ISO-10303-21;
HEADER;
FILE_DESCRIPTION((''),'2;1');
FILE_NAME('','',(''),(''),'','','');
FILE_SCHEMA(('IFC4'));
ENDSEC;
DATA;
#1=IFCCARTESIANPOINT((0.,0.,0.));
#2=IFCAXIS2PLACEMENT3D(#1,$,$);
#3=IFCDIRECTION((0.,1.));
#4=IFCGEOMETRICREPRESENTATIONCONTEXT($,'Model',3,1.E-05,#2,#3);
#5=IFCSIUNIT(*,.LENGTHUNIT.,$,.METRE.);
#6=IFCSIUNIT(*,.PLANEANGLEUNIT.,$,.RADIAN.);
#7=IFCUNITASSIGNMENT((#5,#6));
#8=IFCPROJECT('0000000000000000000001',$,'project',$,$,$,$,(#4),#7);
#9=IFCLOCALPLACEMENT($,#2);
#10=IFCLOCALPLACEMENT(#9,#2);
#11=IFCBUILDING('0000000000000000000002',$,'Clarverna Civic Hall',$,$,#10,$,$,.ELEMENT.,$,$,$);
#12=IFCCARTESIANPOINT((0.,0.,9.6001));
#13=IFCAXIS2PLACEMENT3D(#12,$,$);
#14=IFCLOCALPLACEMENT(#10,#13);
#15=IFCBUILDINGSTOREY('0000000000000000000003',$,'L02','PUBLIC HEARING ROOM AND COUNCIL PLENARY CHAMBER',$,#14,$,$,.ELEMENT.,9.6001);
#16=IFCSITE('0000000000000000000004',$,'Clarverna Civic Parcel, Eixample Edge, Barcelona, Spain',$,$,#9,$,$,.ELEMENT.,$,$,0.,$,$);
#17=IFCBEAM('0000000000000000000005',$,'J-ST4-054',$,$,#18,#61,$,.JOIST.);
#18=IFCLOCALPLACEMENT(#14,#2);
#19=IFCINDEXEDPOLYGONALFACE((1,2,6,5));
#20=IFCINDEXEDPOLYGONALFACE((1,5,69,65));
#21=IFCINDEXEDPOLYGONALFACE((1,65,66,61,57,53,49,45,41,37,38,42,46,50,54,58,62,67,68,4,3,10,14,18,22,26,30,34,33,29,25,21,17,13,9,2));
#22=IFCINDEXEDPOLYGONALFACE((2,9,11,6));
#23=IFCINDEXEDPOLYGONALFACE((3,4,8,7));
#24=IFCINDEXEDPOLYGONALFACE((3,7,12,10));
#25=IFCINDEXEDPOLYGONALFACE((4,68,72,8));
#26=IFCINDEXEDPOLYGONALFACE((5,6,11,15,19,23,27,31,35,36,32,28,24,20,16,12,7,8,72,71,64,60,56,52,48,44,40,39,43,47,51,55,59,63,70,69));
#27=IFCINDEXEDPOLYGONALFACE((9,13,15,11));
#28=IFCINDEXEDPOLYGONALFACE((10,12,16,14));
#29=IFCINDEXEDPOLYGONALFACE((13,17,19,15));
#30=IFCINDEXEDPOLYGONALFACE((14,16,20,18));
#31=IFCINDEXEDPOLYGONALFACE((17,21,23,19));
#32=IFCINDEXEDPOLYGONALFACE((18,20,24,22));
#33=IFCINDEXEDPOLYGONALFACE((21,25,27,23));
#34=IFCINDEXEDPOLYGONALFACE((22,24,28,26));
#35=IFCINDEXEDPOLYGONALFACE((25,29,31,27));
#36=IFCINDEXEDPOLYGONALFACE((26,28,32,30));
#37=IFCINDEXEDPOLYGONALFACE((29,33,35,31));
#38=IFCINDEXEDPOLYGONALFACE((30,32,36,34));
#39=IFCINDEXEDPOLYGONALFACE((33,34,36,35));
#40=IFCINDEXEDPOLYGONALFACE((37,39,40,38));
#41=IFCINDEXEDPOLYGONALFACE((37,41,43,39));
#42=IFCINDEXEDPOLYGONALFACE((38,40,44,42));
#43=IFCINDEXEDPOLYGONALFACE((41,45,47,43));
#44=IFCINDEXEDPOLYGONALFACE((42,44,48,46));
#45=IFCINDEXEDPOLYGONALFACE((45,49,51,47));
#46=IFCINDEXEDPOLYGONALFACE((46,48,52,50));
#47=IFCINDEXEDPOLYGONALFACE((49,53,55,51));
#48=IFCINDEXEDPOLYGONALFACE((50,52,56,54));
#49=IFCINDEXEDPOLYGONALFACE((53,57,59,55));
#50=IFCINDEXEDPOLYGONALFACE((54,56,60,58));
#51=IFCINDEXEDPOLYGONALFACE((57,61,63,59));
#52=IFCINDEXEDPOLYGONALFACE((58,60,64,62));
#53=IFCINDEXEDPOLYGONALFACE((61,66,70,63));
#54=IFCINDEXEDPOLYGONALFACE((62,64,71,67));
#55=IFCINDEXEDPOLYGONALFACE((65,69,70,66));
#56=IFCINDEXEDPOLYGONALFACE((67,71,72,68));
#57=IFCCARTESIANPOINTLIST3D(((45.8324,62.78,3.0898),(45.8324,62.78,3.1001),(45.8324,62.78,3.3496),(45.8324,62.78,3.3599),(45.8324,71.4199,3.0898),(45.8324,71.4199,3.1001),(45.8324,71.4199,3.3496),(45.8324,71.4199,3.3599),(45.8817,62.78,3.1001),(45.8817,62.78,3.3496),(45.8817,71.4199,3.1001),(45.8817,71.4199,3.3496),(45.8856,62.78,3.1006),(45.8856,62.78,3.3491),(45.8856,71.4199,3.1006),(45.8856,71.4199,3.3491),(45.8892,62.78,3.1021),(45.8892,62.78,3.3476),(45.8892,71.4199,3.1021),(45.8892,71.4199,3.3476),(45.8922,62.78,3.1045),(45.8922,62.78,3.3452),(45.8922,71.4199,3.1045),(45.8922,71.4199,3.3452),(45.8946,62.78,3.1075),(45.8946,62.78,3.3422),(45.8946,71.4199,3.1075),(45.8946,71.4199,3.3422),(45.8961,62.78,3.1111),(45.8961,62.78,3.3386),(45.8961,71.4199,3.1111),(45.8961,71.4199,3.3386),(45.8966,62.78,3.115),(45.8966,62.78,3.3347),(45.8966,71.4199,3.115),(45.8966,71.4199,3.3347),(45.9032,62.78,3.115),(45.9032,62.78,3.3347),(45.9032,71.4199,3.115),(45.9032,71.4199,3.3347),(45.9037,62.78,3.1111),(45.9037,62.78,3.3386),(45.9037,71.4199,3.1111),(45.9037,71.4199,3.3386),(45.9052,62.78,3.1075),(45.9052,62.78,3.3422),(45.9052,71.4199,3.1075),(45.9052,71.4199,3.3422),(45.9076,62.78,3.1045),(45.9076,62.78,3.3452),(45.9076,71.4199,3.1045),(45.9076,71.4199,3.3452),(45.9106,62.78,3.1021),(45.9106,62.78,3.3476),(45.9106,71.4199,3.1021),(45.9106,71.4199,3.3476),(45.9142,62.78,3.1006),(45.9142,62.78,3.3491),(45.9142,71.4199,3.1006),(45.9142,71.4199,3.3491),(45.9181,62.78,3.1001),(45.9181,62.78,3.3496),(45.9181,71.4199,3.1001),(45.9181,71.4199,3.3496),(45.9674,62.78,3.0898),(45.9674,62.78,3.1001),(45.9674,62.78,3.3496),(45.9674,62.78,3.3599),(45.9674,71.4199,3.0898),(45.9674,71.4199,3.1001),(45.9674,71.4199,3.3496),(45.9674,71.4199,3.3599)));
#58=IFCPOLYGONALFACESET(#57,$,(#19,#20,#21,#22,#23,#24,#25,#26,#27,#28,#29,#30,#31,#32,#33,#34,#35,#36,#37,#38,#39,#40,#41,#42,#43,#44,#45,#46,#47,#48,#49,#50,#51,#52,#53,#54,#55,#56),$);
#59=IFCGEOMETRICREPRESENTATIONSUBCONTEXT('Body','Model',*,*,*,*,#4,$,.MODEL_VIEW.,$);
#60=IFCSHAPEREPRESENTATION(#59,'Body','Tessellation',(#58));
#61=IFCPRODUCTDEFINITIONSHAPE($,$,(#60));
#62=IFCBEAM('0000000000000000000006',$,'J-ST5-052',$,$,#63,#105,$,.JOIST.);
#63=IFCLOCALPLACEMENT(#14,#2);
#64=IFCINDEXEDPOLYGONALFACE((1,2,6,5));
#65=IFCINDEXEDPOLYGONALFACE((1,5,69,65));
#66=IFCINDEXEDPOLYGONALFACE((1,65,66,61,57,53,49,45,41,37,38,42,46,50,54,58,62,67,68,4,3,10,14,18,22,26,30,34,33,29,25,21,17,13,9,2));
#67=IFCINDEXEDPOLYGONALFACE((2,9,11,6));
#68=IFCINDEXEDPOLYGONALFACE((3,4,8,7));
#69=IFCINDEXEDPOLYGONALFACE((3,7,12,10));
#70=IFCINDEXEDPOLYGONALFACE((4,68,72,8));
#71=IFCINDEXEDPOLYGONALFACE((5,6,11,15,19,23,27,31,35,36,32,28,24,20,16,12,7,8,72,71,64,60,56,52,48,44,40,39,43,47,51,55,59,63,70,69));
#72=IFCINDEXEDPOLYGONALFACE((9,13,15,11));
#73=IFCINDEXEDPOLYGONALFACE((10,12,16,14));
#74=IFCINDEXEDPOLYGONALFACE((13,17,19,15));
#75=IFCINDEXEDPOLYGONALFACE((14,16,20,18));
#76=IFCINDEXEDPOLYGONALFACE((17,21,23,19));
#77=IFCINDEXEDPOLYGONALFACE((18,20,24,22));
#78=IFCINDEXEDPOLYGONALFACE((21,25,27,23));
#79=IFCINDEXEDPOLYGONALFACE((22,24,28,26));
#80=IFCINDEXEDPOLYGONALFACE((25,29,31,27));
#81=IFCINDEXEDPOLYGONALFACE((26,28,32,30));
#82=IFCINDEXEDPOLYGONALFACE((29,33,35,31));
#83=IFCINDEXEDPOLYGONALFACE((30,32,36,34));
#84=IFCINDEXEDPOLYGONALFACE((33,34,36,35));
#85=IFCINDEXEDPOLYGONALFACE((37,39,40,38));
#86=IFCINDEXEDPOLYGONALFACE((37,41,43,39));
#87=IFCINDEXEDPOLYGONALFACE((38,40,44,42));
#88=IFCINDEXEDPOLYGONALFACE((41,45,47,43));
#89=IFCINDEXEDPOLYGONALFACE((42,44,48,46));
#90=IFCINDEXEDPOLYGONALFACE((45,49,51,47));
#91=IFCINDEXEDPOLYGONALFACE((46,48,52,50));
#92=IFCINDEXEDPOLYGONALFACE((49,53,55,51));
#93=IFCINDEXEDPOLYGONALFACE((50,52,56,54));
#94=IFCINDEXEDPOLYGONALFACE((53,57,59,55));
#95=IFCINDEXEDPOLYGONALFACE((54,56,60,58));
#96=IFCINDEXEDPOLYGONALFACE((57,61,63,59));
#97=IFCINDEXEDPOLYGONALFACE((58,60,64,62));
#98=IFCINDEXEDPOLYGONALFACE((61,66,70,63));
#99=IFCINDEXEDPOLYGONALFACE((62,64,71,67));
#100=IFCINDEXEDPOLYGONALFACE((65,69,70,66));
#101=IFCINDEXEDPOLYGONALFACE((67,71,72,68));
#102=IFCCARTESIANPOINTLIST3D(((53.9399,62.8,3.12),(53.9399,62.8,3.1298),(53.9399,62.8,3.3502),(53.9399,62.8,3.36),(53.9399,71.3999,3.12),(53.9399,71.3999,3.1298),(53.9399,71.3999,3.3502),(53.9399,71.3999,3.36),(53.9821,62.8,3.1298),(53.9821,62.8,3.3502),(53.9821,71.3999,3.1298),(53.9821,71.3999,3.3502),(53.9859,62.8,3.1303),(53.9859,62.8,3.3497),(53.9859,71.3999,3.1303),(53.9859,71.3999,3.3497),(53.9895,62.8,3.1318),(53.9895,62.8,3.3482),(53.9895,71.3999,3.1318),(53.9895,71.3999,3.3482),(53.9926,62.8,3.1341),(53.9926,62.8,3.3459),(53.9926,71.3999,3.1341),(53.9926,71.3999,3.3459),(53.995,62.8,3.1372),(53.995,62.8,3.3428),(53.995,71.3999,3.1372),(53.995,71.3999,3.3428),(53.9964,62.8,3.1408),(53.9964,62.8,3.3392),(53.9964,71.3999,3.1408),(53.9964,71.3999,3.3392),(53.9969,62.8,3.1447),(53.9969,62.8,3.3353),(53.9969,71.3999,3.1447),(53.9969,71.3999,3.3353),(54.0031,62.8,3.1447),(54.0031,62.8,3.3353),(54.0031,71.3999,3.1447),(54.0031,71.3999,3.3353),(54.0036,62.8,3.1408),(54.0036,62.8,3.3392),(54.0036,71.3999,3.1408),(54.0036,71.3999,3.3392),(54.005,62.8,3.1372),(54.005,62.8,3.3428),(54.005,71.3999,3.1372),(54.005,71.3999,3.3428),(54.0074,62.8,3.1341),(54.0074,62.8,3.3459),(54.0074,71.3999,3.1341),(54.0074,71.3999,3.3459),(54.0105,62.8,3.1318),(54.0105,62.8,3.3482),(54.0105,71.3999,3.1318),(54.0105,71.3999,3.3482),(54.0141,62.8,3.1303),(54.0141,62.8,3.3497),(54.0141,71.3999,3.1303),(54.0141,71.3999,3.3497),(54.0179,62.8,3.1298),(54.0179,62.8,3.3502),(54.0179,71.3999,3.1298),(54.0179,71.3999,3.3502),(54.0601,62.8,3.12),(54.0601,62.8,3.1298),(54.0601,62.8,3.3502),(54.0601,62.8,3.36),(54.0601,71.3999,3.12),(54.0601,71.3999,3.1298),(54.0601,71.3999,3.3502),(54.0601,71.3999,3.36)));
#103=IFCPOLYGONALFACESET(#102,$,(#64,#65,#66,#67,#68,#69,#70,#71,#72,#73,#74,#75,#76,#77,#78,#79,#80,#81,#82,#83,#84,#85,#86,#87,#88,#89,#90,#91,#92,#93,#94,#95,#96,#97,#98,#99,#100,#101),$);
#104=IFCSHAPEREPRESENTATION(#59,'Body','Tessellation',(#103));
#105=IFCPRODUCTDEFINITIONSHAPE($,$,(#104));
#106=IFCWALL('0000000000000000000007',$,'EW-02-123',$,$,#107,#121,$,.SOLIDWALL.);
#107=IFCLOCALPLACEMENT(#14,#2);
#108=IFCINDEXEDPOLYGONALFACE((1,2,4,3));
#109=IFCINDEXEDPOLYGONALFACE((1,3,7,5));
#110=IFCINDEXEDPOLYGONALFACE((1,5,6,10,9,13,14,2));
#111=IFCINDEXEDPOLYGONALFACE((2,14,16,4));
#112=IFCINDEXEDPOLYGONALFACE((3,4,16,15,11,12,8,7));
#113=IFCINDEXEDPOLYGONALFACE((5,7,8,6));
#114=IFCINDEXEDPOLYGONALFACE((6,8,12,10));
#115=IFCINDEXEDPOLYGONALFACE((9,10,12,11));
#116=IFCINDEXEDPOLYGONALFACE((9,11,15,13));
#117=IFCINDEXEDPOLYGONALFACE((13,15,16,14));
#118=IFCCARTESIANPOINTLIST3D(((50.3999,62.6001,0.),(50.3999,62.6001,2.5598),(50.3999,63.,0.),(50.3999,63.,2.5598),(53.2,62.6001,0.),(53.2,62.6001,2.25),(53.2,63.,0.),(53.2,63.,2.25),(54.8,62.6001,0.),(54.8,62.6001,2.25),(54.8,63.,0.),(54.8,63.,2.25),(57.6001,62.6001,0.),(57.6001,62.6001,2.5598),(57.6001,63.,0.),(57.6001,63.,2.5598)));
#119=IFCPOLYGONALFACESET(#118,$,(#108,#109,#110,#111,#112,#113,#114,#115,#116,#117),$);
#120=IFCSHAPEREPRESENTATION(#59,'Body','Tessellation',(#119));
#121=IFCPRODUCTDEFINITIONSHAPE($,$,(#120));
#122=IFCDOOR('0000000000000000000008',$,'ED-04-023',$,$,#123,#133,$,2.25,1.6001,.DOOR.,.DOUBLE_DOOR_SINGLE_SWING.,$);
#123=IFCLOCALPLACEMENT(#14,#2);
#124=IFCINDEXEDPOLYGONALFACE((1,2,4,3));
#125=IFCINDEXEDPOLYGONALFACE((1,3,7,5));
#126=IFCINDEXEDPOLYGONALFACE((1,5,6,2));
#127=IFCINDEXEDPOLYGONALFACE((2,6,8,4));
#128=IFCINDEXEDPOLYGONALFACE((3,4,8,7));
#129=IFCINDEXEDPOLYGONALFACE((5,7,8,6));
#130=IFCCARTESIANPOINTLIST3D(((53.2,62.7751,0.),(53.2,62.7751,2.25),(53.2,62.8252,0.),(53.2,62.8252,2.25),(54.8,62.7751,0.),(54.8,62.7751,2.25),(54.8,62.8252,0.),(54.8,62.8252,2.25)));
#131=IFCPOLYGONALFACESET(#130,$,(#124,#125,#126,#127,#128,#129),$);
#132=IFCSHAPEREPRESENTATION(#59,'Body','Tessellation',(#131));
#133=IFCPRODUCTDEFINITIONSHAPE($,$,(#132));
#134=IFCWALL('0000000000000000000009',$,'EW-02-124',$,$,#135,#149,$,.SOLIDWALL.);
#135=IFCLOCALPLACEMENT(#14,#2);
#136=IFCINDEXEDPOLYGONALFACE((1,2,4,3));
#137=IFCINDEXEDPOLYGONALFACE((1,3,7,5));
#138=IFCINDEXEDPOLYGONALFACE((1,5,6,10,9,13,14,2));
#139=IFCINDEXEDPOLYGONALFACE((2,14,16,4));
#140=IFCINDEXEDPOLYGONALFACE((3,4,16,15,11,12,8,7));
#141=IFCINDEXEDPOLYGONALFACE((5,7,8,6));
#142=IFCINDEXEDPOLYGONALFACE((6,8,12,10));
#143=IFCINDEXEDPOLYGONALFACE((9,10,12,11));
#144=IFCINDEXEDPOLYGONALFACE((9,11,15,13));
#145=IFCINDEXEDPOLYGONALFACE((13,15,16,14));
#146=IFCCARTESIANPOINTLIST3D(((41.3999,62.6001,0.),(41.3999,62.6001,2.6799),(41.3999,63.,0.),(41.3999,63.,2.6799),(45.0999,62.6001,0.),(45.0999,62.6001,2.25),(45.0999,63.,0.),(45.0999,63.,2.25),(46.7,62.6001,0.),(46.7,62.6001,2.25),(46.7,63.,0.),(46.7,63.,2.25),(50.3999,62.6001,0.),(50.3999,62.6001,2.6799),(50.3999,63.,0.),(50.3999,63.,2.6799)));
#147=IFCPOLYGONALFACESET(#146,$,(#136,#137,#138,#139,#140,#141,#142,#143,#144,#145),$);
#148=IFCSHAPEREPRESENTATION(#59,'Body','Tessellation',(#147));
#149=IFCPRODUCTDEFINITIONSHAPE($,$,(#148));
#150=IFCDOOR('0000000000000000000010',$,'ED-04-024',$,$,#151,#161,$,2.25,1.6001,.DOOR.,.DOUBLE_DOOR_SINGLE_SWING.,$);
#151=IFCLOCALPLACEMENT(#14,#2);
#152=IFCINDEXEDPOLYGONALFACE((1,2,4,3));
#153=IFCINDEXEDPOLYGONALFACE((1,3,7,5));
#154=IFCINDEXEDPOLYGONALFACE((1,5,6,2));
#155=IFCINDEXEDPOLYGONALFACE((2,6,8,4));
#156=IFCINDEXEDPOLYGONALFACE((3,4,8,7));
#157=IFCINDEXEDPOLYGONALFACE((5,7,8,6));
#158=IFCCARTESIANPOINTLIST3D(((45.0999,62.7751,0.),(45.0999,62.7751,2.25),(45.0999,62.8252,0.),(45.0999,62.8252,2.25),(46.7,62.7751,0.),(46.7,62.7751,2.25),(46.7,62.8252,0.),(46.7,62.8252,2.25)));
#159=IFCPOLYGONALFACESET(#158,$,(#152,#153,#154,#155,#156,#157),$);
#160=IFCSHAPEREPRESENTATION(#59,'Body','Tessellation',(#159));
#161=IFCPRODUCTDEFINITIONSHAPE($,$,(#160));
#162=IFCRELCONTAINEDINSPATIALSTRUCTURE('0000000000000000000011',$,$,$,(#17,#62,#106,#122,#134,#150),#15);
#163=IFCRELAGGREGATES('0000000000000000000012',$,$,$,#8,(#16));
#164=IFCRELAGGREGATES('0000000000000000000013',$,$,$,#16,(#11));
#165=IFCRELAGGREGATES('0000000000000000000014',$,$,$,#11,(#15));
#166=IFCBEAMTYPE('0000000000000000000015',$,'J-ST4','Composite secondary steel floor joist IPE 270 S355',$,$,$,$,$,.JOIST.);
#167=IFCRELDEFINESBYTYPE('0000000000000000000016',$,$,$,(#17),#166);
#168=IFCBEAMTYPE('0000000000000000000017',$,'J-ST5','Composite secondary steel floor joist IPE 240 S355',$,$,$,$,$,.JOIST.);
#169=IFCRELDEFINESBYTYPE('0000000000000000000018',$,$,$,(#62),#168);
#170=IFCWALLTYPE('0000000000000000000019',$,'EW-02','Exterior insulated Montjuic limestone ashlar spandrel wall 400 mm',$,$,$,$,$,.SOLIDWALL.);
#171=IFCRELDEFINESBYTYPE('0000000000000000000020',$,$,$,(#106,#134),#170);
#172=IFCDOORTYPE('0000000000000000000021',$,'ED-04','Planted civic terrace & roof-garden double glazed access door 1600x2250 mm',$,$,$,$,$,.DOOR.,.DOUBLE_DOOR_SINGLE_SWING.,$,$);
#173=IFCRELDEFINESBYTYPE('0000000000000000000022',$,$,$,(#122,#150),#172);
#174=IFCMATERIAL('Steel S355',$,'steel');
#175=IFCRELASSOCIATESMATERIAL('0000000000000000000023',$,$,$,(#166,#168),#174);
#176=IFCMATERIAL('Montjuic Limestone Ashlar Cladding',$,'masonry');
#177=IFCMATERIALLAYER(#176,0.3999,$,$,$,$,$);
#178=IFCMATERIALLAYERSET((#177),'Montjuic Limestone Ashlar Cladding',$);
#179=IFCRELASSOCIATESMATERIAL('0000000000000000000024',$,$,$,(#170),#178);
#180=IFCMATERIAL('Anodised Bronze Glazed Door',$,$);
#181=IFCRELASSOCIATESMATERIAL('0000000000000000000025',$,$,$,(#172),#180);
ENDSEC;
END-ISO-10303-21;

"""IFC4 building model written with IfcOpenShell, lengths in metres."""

from ifc_helpers import new_model, si_unit, direction, frame, frame_2d, origin, origin_2d, place, context, subcontext, project, spatial, rectangle, i_section, extrude, material, layer, layer_set, material_profile, profile_set, type_object, element, fill, save


model = new_model("IFC4")

# Units and contexts
model_context = context("Model", 3, precision=1e-05, world=origin(), true_north=direction((0.0, 1.0)))
body_context = subcontext(model_context, "Body", "Model", "MODEL_VIEW")
ifc_project = project(units=[si_unit("LENGTHUNIT", "METRE"), si_unit("PLANEANGLEUNIT", "RADIAN")], contexts=[model_context])

# Site, building, storey
site_placement = place(None, origin())
site = spatial("IfcSite", under=ifc_project, at=site_placement, Name="Clarverna Civic Parcel, Eixample Edge, Barcelona, Spain", CompositionType="ELEMENT", RefElevation=0.0)
building_placement = place(site_placement, origin())
building = spatial("IfcBuilding", under=site, at=building_placement, Name="Clarverna Civic Hall", CompositionType="ELEMENT")
storey_placement = place(building_placement, frame((0.0, 0.0, 9.6001)))
storey = spatial("IfcBuildingStorey", under=building, at=storey_placement, Name="L02", Description="PUBLIC HEARING ROOM AND COUNCIL PLENARY CHAMBER", CompositionType="ELEMENT", Elevation=9.6001)

# Beams
ifc_material_1 = material(Name="Steel S355", Category="steel")
ifc_material_profile_1 = material_profile(ifc_material_1, i_section(OverallWidth=0.135, OverallDepth=0.27, WebThickness=0.0066, FlangeThickness=0.0103, FilletRadius=0.0149, at=origin_2d()), Name="IPE 270")
ifc_profile_set_1 = profile_set([ifc_material_profile_1], Name="Steel S355")
beam_type_1 = type_object("IfcBeamType", Name="J-ST4", Description="Composite secondary steel floor joist IPE 270 S355", PredefinedType="JOIST", material=ifc_profile_set_1)
beam_1_placement = place(storey_placement, frame((45.8999, 62.78, 3.2249), z_axis=(0.0, 1.0, 0.0), x_axis=(-1.0, 0.0, 0.0)))
element("IfcBeam", 1, at=beam_1_placement, inside=storey, type_object=beam_type_1, Name="J-ST4-054", PredefinedType="JOIST", context=body_context, shape_type="SweptSolid", body=[
    extrude(i_section(OverallWidth=0.135, OverallDepth=0.27, WebThickness=0.0066, FlangeThickness=0.0103, FilletRadius=0.0149, at=origin_2d()), origin(), (0.0, 0.0, 1.0), 8.6399),
])
ifc_material_profile_2 = material_profile(ifc_material_1, i_section(OverallWidth=0.1201, OverallDepth=0.24, WebThickness=0.0061, FlangeThickness=0.0098, FilletRadius=0.0149, at=origin_2d()), Name="IPE 240")
ifc_profile_set_2 = profile_set([ifc_material_profile_2], Name="Steel S355")
beam_type_2 = type_object("IfcBeamType", Name="J-ST5", Description="Composite secondary steel floor joist IPE 240 S355", PredefinedType="JOIST", material=ifc_profile_set_2)
beam_2_placement = place(storey_placement, frame((54.0, 62.8, 3.24), z_axis=(0.0, 1.0, 0.0), x_axis=(-1.0, 0.0, 0.0)))
element("IfcBeam", 2, at=beam_2_placement, inside=storey, type_object=beam_type_2, Name="J-ST5-052", PredefinedType="JOIST", context=body_context, shape_type="SweptSolid", body=[
    extrude(i_section(OverallWidth=0.1201, OverallDepth=0.24, WebThickness=0.0061, FlangeThickness=0.0098, FilletRadius=0.0149, at=origin_2d()), origin(), (0.0, 0.0, 1.0), 8.5999),
])

# Walls, openings, doors
ifc_material_2 = material(Name="Montjuic Limestone Ashlar Cladding", Category="masonry")
ifc_layer_1 = layer(ifc_material_2, 0.3999)
ifc_layer_set_1 = layer_set([ifc_layer_1], Name="Montjuic Limestone Ashlar Cladding")
wall_type_1 = type_object("IfcWallType", Name="EW-02", Description="Exterior insulated Montjuic limestone ashlar spandrel wall 400 mm", PredefinedType="SOLIDWALL", material=ifc_layer_set_1)
wall_1_placement = place(storey_placement, frame((57.6001, 62.8, 0.0), z_axis=(0.0, 0.0, 1.0), x_axis=(-1.0, 0.0, 0.0)))
wall_1 = element("IfcWall", 3, at=wall_1_placement, inside=storey, type_object=wall_type_1, Name="EW-02-123", PredefinedType="SOLIDWALL", context=body_context, shape_type="SweptSolid", body=[
    extrude(rectangle(XDim=7.2002, YDim=0.3999, at=frame_2d((3.6001, 0.0))), origin(), (0.0, 0.0, 1.0), 2.5598),
])
opening_1_placement = place(wall_1_placement, frame((2.8, 0.0, 0.0)))
opening_1 = element("IfcOpeningElement", 4, at=opening_1_placement, cuts=wall_1, PredefinedType="OPENING", context=body_context, shape_type="SweptSolid", body=[
    extrude(rectangle(XDim=1.6001, YDim=2.25, at=frame_2d((0.8, 1.125))), frame((0.0, 0.21, 0.0), z_axis=(0.0, -1.0, 0.0), x_axis=(1.0, 0.0, 0.0)), (0.0, 0.0, 1.0), 0.4199),
])
ifc_material_3 = material(Name="Anodised Bronze Glazed Door")
door_type = type_object("IfcDoorType", Name="ED-04", Description="Planted civic terrace & roof-garden double glazed access door 1600x2250 mm", OperationType="DOUBLE_DOOR_SINGLE_SWING", PredefinedType="DOOR", material=ifc_material_3)
door_1_placement = place(opening_1_placement, origin())
door_1 = element("IfcDoor", 5, at=door_1_placement, inside=storey, type_object=door_type, Name="ED-04-023", OperationType="DOUBLE_DOOR_SINGLE_SWING", OverallHeight=2.25, OverallWidth=1.6001, PredefinedType="DOOR", context=body_context, shape_type="SweptSolid", body=[
    extrude(rectangle(XDim=1.6001, YDim=2.25, at=frame_2d((0.8, 1.125))), frame((0.0, 0.0249, 0.0), z_axis=(0.0, -1.0, 0.0), x_axis=(1.0, 0.0, 0.0)), (0.0, 0.0, 1.0), 0.05),
])
fill(opening_1, door_1)
wall_2_placement = place(storey_placement, frame((50.3999, 62.8, 0.0), z_axis=(0.0, 0.0, 1.0), x_axis=(-1.0, 0.0, 0.0)))
wall_2 = element("IfcWall", 6, at=wall_2_placement, inside=storey, type_object=wall_type_1, Name="EW-02-124", PredefinedType="SOLIDWALL", context=body_context, shape_type="SweptSolid", body=[
    extrude(rectangle(XDim=9.0, YDim=0.3999, at=frame_2d((4.5, 0.0))), origin(), (0.0, 0.0, 1.0), 2.6799),
])
opening_2_placement = place(wall_2_placement, frame((3.7, 0.0, 0.0)))
opening_2 = element("IfcOpeningElement", 7, at=opening_2_placement, cuts=wall_2, PredefinedType="OPENING", context=body_context, shape_type="SweptSolid", body=[
    extrude(rectangle(XDim=1.6001, YDim=2.25, at=frame_2d((0.8, 1.125))), frame((0.0, 0.21, 0.0), z_axis=(0.0, -1.0, 0.0), x_axis=(1.0, 0.0, 0.0)), (0.0, 0.0, 1.0), 0.4199),
])
door_2_placement = place(opening_2_placement, origin())
door_2 = element("IfcDoor", 8, at=door_2_placement, inside=storey, type_object=door_type, Name="ED-04-024", OperationType="DOUBLE_DOOR_SINGLE_SWING", OverallHeight=2.25, OverallWidth=1.6001, PredefinedType="DOOR", context=body_context, shape_type="SweptSolid", body=[
    extrude(rectangle(XDim=1.6001, YDim=2.25, at=frame_2d((0.8, 1.125))), frame((0.0, 0.0249, 0.0), z_axis=(0.0, -1.0, 0.0), x_axis=(1.0, 0.0, 0.0)), (0.0, 0.0, 1.0), 0.05),
])
fill(opening_2, door_2)

save(model, "model.ifc")
